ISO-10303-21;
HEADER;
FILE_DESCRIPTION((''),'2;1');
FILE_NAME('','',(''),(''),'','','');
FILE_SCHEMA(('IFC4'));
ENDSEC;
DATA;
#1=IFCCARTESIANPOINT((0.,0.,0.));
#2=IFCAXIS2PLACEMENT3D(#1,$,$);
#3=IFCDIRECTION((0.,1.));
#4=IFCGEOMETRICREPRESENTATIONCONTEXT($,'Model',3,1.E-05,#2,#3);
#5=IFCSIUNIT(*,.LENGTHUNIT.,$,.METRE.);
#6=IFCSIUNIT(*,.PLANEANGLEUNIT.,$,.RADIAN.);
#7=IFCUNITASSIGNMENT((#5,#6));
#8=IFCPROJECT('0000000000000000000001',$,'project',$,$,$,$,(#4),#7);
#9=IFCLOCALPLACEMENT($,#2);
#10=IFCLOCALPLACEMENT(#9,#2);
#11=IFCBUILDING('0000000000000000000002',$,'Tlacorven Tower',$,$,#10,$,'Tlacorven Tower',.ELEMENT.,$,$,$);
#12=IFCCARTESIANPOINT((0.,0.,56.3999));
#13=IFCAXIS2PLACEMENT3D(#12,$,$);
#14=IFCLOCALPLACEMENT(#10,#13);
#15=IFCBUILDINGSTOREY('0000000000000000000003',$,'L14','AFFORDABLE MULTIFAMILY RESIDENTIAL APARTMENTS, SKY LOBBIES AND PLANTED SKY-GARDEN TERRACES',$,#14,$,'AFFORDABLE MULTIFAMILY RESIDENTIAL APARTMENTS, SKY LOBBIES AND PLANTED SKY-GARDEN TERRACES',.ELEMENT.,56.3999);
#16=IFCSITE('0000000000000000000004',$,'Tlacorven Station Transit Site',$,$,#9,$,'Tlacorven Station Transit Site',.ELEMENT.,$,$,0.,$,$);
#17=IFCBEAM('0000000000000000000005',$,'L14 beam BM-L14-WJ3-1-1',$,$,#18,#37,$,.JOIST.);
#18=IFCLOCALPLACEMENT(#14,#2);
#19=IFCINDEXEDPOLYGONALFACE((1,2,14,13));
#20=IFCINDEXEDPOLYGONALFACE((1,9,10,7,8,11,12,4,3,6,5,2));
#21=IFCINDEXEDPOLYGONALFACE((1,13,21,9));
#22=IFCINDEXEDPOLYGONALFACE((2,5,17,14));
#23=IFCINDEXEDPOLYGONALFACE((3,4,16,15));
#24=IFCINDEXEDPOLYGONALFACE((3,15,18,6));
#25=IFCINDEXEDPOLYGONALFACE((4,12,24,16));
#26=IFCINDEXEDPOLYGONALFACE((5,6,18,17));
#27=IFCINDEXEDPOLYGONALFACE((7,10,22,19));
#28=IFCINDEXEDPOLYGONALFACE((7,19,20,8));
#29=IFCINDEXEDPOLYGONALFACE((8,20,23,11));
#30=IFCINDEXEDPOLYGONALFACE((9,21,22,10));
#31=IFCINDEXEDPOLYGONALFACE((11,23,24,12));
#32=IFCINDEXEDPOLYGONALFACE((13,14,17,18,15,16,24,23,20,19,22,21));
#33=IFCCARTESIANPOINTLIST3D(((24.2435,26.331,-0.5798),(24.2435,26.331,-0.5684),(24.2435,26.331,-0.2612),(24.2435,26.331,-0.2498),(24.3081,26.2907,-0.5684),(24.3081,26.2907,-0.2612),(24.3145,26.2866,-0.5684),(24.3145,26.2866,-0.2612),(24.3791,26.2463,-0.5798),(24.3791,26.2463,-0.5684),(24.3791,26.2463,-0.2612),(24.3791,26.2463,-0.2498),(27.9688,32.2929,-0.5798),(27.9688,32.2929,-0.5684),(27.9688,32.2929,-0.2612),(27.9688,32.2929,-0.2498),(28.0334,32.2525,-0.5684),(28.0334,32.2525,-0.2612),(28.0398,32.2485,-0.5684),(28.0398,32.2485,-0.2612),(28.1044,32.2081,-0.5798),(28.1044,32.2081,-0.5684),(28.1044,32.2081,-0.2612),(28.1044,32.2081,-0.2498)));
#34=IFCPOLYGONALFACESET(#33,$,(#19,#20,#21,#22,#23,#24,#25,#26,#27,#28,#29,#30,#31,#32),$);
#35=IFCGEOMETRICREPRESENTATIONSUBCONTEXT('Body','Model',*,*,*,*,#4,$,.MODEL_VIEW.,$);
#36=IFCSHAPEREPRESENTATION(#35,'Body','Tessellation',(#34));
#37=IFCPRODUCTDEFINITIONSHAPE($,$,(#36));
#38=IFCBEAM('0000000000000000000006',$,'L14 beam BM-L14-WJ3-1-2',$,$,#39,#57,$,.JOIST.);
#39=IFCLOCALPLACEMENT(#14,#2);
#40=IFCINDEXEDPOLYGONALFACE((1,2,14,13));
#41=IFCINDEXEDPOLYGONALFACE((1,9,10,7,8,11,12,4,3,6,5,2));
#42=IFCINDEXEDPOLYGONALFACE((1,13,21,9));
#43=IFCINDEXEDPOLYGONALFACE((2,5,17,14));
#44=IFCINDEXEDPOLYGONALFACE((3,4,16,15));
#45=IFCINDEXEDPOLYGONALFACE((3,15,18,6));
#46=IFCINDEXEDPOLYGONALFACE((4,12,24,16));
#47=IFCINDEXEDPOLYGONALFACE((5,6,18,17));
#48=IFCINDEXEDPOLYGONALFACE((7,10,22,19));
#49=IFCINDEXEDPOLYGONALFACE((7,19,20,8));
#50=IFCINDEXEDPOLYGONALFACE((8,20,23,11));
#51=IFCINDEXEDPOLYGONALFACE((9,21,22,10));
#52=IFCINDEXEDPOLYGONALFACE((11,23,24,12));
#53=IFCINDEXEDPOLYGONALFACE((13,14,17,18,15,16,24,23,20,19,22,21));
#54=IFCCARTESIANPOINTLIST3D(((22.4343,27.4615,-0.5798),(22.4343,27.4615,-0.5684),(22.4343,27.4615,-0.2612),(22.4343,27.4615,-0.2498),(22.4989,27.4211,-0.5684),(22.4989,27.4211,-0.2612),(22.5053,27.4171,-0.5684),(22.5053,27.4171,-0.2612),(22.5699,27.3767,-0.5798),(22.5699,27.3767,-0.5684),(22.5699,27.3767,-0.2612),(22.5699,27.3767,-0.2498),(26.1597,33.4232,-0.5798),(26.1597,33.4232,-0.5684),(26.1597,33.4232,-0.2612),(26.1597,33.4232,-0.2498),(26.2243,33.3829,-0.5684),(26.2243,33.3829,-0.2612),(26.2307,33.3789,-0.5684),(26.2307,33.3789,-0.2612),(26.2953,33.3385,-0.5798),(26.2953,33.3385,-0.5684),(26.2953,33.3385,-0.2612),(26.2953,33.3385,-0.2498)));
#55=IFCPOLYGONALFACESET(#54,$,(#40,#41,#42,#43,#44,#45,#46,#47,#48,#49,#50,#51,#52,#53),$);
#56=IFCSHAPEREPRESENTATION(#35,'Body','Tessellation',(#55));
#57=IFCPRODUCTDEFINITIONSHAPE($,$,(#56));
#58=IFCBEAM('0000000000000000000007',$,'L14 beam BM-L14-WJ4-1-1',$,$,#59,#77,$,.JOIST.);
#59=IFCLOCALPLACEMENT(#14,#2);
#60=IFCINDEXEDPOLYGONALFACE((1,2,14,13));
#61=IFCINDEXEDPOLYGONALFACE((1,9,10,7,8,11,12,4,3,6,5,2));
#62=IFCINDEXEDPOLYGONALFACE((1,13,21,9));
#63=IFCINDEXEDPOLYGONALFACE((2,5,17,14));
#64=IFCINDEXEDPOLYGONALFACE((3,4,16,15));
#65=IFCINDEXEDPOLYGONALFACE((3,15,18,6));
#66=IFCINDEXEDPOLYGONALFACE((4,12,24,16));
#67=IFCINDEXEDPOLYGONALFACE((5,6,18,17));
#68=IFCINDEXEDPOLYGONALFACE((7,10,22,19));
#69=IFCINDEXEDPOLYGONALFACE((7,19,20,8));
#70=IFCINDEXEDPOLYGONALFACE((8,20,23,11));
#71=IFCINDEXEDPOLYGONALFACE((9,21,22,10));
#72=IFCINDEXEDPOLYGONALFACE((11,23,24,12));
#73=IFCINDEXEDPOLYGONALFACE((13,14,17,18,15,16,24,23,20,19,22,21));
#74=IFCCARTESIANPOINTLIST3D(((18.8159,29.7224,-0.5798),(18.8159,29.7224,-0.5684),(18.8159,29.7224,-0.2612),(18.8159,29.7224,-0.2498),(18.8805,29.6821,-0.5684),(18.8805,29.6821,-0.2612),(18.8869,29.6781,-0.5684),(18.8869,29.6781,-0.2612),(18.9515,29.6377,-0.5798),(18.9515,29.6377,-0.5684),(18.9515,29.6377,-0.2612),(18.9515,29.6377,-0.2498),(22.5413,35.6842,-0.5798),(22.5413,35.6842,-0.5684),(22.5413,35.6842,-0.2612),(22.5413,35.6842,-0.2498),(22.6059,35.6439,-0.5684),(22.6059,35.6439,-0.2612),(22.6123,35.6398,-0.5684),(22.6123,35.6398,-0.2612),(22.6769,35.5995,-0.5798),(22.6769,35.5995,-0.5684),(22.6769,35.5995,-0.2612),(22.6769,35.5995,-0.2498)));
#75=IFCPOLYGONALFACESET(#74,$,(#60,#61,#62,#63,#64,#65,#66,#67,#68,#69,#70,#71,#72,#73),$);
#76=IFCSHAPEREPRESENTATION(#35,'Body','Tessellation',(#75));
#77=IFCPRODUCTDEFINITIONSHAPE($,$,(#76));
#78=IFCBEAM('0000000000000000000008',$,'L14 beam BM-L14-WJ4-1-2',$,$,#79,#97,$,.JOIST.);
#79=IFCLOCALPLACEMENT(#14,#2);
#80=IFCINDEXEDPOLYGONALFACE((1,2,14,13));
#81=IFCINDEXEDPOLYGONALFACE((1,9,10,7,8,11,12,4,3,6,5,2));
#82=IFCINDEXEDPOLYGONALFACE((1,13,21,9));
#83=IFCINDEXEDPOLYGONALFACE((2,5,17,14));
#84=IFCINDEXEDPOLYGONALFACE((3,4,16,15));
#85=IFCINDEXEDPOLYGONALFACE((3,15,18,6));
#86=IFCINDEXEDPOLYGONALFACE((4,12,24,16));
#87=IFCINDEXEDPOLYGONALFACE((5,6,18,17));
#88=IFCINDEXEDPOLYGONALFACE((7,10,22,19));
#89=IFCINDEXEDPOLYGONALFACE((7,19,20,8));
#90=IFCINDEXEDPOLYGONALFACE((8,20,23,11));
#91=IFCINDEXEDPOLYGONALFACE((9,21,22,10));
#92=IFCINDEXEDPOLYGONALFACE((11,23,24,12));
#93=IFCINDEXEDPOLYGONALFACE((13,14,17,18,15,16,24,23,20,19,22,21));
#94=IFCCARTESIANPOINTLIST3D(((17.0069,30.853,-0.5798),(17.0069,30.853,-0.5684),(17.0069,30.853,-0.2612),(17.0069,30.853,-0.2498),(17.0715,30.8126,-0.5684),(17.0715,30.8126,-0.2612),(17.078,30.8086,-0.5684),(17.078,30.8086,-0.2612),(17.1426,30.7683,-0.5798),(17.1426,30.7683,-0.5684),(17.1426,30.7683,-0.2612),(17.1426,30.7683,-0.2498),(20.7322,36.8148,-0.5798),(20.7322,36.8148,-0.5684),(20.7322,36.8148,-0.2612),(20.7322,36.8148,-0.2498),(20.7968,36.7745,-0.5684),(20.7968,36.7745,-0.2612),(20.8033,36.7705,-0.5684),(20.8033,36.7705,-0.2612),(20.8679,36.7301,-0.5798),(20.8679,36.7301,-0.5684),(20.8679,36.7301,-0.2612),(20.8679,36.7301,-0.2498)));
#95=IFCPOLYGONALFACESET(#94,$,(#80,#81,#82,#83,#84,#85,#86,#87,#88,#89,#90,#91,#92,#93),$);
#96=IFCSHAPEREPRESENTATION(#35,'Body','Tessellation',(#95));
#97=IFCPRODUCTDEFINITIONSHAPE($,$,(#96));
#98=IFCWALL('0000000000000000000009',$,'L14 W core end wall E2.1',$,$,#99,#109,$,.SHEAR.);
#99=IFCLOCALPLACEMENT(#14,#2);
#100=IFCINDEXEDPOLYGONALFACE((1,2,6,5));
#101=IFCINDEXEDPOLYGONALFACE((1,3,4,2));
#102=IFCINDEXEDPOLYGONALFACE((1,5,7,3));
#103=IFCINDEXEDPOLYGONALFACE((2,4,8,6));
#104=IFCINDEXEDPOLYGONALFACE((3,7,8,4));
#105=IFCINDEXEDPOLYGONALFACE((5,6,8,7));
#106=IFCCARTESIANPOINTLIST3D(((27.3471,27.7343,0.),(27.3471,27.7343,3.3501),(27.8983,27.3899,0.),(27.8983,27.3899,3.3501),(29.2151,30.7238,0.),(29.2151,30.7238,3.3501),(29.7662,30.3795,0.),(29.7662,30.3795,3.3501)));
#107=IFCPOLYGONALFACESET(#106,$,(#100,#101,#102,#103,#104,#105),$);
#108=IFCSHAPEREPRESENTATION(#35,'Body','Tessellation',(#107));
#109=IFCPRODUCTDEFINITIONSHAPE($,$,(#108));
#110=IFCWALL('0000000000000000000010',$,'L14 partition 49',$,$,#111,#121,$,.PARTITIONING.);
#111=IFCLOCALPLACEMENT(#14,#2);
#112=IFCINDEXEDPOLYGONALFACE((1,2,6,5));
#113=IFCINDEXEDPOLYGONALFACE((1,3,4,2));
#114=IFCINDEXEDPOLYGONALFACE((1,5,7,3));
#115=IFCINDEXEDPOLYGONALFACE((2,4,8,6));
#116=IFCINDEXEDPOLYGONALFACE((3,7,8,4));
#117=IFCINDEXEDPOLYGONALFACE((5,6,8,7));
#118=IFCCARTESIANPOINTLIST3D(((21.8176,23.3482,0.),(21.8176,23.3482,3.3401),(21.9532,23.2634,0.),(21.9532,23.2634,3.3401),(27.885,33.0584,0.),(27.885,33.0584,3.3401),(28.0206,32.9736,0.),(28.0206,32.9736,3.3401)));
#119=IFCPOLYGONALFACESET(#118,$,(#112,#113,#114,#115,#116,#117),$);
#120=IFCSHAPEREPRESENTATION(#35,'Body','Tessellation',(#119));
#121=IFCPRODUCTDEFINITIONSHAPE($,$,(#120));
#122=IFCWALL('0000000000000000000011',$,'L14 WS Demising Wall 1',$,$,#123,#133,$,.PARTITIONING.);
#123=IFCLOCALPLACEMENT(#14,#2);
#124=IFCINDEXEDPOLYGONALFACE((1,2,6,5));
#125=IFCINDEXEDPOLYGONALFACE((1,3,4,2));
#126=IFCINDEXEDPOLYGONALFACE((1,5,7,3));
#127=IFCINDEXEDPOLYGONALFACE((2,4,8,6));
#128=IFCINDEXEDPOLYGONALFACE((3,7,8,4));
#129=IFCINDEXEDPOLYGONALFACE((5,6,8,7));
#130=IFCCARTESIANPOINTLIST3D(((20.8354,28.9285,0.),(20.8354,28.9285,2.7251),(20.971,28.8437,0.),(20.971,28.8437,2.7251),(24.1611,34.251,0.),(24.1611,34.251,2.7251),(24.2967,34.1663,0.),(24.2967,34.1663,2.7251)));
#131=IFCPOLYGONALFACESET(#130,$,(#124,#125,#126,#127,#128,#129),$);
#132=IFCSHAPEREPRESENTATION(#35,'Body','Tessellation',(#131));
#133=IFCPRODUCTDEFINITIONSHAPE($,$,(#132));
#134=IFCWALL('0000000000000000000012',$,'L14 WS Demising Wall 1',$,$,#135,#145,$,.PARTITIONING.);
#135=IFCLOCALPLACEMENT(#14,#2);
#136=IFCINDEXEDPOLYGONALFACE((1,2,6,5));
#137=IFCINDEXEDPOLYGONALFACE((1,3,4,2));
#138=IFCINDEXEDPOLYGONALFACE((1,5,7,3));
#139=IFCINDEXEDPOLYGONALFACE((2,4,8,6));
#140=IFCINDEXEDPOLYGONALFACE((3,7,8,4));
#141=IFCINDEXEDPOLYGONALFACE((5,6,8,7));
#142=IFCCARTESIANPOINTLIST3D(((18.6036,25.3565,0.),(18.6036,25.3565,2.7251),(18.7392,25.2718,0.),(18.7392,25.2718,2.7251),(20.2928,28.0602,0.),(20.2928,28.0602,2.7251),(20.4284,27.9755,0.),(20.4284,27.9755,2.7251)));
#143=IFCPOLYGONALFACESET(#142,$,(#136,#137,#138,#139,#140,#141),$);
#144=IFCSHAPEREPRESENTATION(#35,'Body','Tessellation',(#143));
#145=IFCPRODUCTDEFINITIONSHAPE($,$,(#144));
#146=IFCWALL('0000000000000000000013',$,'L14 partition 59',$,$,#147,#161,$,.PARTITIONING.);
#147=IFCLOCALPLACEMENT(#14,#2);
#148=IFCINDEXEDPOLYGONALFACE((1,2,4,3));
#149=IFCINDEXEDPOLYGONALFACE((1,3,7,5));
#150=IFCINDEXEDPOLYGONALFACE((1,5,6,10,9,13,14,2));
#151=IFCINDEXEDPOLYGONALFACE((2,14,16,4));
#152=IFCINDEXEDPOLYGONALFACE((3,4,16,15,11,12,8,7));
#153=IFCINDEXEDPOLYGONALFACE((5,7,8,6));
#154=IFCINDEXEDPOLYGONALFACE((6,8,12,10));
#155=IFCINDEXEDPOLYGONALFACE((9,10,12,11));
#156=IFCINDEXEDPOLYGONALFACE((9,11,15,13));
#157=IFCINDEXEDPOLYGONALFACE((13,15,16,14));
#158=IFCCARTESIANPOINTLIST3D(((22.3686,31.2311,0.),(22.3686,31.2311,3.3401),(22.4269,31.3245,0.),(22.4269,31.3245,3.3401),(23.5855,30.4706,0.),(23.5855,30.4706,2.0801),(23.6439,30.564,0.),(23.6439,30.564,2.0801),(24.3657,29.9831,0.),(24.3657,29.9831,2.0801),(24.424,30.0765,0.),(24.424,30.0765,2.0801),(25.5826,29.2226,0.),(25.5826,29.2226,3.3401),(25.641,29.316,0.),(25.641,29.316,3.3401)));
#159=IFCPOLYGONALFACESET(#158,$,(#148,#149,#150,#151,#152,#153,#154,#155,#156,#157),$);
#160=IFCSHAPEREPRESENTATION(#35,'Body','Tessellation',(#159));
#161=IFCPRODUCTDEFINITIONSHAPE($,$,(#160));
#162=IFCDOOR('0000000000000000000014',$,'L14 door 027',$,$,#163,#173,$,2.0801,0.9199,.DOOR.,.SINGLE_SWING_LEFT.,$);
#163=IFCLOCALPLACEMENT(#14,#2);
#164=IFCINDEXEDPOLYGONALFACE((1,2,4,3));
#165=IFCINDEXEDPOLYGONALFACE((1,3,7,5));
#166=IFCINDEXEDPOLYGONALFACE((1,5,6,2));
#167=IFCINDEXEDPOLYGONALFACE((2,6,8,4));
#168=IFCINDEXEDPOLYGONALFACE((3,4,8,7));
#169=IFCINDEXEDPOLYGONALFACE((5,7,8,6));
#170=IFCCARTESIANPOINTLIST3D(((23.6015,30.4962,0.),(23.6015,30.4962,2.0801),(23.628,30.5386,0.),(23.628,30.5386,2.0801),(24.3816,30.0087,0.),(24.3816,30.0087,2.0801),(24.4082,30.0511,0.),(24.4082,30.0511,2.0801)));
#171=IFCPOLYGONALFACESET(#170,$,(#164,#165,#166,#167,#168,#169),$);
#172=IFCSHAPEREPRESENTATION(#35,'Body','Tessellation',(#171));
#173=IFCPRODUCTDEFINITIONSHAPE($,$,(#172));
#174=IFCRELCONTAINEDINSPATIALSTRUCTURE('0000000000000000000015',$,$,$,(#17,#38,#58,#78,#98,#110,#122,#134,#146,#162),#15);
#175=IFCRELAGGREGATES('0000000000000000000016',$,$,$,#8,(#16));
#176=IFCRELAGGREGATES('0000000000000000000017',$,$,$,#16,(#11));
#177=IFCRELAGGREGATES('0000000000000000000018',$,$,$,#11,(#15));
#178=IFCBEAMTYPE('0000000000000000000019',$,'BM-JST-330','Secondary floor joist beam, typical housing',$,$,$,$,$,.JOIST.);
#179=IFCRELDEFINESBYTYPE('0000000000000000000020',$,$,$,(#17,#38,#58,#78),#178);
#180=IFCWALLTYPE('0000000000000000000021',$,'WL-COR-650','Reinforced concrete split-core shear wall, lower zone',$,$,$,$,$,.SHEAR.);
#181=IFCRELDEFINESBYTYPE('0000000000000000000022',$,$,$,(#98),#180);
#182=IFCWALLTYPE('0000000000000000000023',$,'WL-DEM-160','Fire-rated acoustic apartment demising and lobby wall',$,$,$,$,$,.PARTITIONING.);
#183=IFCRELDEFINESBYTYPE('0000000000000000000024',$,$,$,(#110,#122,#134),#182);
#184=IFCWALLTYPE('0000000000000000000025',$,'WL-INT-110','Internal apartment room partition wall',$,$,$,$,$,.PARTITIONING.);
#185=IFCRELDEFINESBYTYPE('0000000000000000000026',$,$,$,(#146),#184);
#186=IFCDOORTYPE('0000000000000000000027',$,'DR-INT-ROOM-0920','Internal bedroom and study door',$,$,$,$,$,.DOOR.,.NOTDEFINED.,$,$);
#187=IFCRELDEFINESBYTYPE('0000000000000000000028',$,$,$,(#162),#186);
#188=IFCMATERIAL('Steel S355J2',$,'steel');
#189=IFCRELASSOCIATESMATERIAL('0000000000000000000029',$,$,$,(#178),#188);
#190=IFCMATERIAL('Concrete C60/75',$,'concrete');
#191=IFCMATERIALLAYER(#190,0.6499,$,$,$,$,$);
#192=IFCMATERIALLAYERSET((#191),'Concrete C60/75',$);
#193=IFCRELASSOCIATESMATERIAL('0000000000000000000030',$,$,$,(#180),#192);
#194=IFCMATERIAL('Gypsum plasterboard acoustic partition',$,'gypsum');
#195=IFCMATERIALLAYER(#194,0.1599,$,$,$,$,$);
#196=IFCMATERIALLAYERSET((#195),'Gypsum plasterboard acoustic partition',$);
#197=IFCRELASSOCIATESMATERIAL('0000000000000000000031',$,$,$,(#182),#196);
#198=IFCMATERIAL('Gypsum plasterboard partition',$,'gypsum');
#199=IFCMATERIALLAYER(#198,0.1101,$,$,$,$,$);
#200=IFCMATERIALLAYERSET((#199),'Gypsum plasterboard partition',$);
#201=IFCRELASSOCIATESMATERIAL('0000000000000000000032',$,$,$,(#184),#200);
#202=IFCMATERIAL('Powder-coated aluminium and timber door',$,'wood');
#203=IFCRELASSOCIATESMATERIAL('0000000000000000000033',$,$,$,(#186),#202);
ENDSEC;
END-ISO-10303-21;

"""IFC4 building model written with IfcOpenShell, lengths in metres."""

from ifc_helpers import new_model, si_unit, direction, frame, frame_2d, origin, origin_2d, place, context, subcontext, project, spatial, rectangle, i_section, extrude, source, transform, mapped, material, layer, layer_set, material_profile, profile_set, type_object, element, fill, save


model = new_model("IFC4")

# Units and contexts
model_context = context("Model", 3, precision=1e-05, world=origin(), true_north=direction((0.0, 1.0)))
body_context = subcontext(model_context, "Body", "Model", "MODEL_VIEW")
ifc_project = project(units=[si_unit("LENGTHUNIT", "METRE"), si_unit("PLANEANGLEUNIT", "RADIAN")], contexts=[model_context])

# Site, building, storey
site_placement = place(None, origin())
site = spatial("IfcSite", under=ifc_project, at=site_placement, Name="Tlacorven Station Transit Site", LongName="Tlacorven Station Transit Site", CompositionType="ELEMENT", RefElevation=0.0)
building_placement = place(site_placement, origin())
building = spatial("IfcBuilding", under=site, at=building_placement, Name="Tlacorven Tower", LongName="Tlacorven Tower", CompositionType="ELEMENT")
storey_placement = place(building_placement, frame((0.0, 0.0, 56.3999)))
storey = spatial("IfcBuildingStorey", under=building, at=storey_placement, Name="L14", Description="AFFORDABLE MULTIFAMILY RESIDENTIAL APARTMENTS, SKY LOBBIES AND PLANTED SKY-GARDEN TERRACES", LongName="AFFORDABLE MULTIFAMILY RESIDENTIAL APARTMENTS, SKY LOBBIES AND PLANTED SKY-GARDEN TERRACES", CompositionType="ELEMENT", Elevation=56.3999)

# Beams
ifc_material_1 = material(Name="Steel S355J2", Category="steel")
ifc_material_profile_1 = material_profile(ifc_material_1, i_section(OverallWidth=0.1599, OverallDepth=0.3301, WebThickness=0.0076, FlangeThickness=0.0115, at=origin_2d()), Name="IPE 330")
ifc_profile_set_1 = profile_set([ifc_material_profile_1], Name="Steel S355J2")
beam_type_1 = type_object("IfcBeamType", Name="BM-JST-330", Description="Secondary floor joist beam, typical housing", PredefinedType="JOIST", material=ifc_profile_set_1)
shared_shape_1 = source(origin(), body_context, "Body", "SweptSolid", [
    extrude(i_section(OverallWidth=0.1599, OverallDepth=0.3301, WebThickness=0.0076, FlangeThickness=0.0115, at=origin_2d()), origin(), (0.0, 0.0, 1.0), 7.03),
])
for number, where, z_axis, x_axis, name in (
    (1, (28.0366, 32.2505, -0.4148), (-0.529912, -0.848053, 0.0), (0.848053, -0.529912, 0.0), "L14 beam BM-L14-WJ3-1-1"),
    (2, (26.2275, 33.3809, -0.4148), (-0.529927, -0.848043, 0.0), (0.848043, -0.529927, 0.0), "L14 beam BM-L14-WJ3-1-2"),
    (3, (22.6091, 35.6418, -0.4148), (-0.529927, -0.848043, 0.0), (0.848043, -0.529927, 0.0), "L14 beam BM-L14-WJ4-1-1"),
    (4, (20.8, 36.7725, -0.4148), (-0.529912, -0.848053, 0.0), (0.848053, -0.529912, 0.0), "L14 beam BM-L14-WJ4-1-2"),
):
    element("IfcBeam", number, at=place(storey_placement, frame(where, z_axis=z_axis, x_axis=x_axis)), inside=storey, type_object=beam_type_1, Name=name, PredefinedType="JOIST", context=body_context, shape_type="MappedRepresentation", body=[
        mapped(shared_shape_1, transform((0.0, 0.0, 0.0), scale=1.0)),
    ])

# Walls
ifc_material_2 = material(Name="Concrete C60/75", Category="concrete")
ifc_layer_1 = layer(ifc_material_2, 0.6499)
ifc_layer_set_1 = layer_set([ifc_layer_1], Name="Concrete C60/75")
wall_type_1 = type_object("IfcWallType", Name="WL-COR-650", Description="Reinforced concrete split-core shear wall, lower zone", PredefinedType="SHEAR", material=ifc_layer_set_1)
wall_1_placement = place(storey_placement, frame((29.4907, 30.5518, 0.0), z_axis=(0.0, 0.0, 1.0), x_axis=(-0.529893, -0.848064, 0.0)))
element("IfcWall", 5, at=wall_1_placement, inside=storey, type_object=wall_type_1, Name="L14 W core end wall E2.1", PredefinedType="SHEAR", context=body_context, shape_type="SweptSolid", body=[
    extrude(rectangle(XDim=3.5251, YDim=0.6499, at=frame_2d((1.7627, 0.0))), origin(), (0.0, 0.0, 1.0), 3.3501),
])
ifc_material_3 = material(Name="Gypsum plasterboard acoustic partition", Category="gypsum")
ifc_layer_2 = layer(ifc_material_3, 0.1599)
ifc_layer_set_2 = layer_set([ifc_layer_2], Name="Gypsum plasterboard acoustic partition")
wall_type_2 = type_object("IfcWallType", Name="WL-DEM-160", Description="Fire-rated acoustic apartment demising and lobby wall", PredefinedType="PARTITIONING", material=ifc_layer_set_2)
wall_2_placement = place(storey_placement, frame((27.9529, 33.0161, 0.0), z_axis=(0.0, 0.0, 1.0), x_axis=(-0.529905, -0.848057, 0.0)))
element("IfcWall", 6, at=wall_2_placement, inside=storey, type_object=wall_type_2, Name="L14 partition 49", PredefinedType="PARTITIONING", context=body_context, shape_type="SweptSolid", body=[
    extrude(rectangle(XDim=11.45, YDim=0.1599, at=frame_2d((5.7251, 0.0))), origin(), (0.0, 0.0, 1.0), 3.3401),
])
wall_3_placement = place(storey_placement, frame((24.229, 34.2087, 0.0), z_axis=(0.0, 0.0, 1.0), x_axis=(-0.529898, -0.848062, 0.0)))
element("IfcWall", 7, at=wall_3_placement, inside=storey, type_object=wall_type_2, Name="L14 WS Demising Wall 1", PredefinedType="PARTITIONING", context=body_context, shape_type="SweptSolid", body=[
    extrude(rectangle(XDim=6.2761, YDim=0.1599, at=frame_2d((3.1382, 0.0))), origin(), (0.0, 0.0, 1.0), 2.7251),
])
wall_4_placement = place(storey_placement, frame((20.3606, 28.0178, 0.0), z_axis=(0.0, 0.0, 1.0), x_axis=(-0.529875, -0.848076, 0.0)))
element("IfcWall", 8, at=wall_4_placement, inside=storey, type_object=wall_type_2, Name="L14 WS Demising Wall 1", PredefinedType="PARTITIONING", context=body_context, shape_type="SweptSolid", body=[
    extrude(rectangle(XDim=3.188, YDim=0.1599, at=frame_2d((1.594, 0.0))), origin(), (0.0, 0.0, 1.0), 2.7251),
])

# Wall, opening, door
ifc_material_4 = material(Name="Gypsum plasterboard partition", Category="gypsum")
ifc_layer_3 = layer(ifc_material_4, 0.1101)
ifc_layer_set_3 = layer_set([ifc_layer_3], Name="Gypsum plasterboard partition")
wall_type_3 = type_object("IfcWallType", Name="WL-INT-110", Description="Internal apartment room partition wall", PredefinedType="PARTITIONING", material=ifc_layer_set_3)
wall_5_placement = place(storey_placement, frame((25.6118, 29.2693, 0.0), z_axis=(0.0, 0.0, 1.0), x_axis=(-0.848031, 0.529947, 0.0)))
wall_5 = element("IfcWall", 9, at=wall_5_placement, inside=storey, type_object=wall_type_3, Name="L14 partition 59", PredefinedType="PARTITIONING", context=body_context, shape_type="SweptSolid", body=[
    extrude(rectangle(XDim=3.79, YDim=0.1101, at=frame_2d((1.895, 0.0))), origin(), (0.0, 0.0, 1.0), 3.3401),
])
opening_1_placement = place(wall_5_placement, frame((1.4351, 0.0, 0.0)))
opening_1 = element("IfcOpeningElement", 10, at=opening_1_placement, cuts=wall_5, PredefinedType="OPENING", context=body_context, shape_type="SweptSolid", body=[
    extrude(rectangle(XDim=0.9199, YDim=2.0801, at=frame_2d((0.46, 1.04))), frame((0.0, 0.0649, 0.0), z_axis=(0.0, -1.0, 0.0), x_axis=(1.0, 0.0, 0.0)), (0.0, 0.0, 1.0), 0.1301),
])
ifc_material_5 = material(Name="Powder-coated aluminium and timber door", Category="wood")
door_type = type_object("IfcDoorType", Name="DR-INT-ROOM-0920", Description="Internal bedroom and study door", OperationType="NOTDEFINED", PredefinedType="DOOR", material=ifc_material_5)
shared_shape_2 = source(origin(), body_context, "Body", "SweptSolid", [
    extrude(rectangle(XDim=0.9199, YDim=2.0801, at=frame_2d((0.46, 1.04))), frame((0.0, 0.0249, 0.0), z_axis=(0.0, -1.0, 0.0), x_axis=(1.0, 0.0, 0.0)), (0.0, 0.0, 1.0), 0.05),
])
door_1_placement = place(opening_1_placement, origin())
door_1 = element("IfcDoor", 11, at=door_1_placement, inside=storey, type_object=door_type, Name="L14 door 027", OperationType="SINGLE_SWING_LEFT", OverallHeight=2.0801, OverallWidth=0.9199, PredefinedType="DOOR", context=body_context, shape_type="MappedRepresentation", body=[
    mapped(shared_shape_2, transform((0.0, 0.0, 0.0), scale=1.0)),
])
fill(opening_1, door_1)

save(model, "model.ifc")
